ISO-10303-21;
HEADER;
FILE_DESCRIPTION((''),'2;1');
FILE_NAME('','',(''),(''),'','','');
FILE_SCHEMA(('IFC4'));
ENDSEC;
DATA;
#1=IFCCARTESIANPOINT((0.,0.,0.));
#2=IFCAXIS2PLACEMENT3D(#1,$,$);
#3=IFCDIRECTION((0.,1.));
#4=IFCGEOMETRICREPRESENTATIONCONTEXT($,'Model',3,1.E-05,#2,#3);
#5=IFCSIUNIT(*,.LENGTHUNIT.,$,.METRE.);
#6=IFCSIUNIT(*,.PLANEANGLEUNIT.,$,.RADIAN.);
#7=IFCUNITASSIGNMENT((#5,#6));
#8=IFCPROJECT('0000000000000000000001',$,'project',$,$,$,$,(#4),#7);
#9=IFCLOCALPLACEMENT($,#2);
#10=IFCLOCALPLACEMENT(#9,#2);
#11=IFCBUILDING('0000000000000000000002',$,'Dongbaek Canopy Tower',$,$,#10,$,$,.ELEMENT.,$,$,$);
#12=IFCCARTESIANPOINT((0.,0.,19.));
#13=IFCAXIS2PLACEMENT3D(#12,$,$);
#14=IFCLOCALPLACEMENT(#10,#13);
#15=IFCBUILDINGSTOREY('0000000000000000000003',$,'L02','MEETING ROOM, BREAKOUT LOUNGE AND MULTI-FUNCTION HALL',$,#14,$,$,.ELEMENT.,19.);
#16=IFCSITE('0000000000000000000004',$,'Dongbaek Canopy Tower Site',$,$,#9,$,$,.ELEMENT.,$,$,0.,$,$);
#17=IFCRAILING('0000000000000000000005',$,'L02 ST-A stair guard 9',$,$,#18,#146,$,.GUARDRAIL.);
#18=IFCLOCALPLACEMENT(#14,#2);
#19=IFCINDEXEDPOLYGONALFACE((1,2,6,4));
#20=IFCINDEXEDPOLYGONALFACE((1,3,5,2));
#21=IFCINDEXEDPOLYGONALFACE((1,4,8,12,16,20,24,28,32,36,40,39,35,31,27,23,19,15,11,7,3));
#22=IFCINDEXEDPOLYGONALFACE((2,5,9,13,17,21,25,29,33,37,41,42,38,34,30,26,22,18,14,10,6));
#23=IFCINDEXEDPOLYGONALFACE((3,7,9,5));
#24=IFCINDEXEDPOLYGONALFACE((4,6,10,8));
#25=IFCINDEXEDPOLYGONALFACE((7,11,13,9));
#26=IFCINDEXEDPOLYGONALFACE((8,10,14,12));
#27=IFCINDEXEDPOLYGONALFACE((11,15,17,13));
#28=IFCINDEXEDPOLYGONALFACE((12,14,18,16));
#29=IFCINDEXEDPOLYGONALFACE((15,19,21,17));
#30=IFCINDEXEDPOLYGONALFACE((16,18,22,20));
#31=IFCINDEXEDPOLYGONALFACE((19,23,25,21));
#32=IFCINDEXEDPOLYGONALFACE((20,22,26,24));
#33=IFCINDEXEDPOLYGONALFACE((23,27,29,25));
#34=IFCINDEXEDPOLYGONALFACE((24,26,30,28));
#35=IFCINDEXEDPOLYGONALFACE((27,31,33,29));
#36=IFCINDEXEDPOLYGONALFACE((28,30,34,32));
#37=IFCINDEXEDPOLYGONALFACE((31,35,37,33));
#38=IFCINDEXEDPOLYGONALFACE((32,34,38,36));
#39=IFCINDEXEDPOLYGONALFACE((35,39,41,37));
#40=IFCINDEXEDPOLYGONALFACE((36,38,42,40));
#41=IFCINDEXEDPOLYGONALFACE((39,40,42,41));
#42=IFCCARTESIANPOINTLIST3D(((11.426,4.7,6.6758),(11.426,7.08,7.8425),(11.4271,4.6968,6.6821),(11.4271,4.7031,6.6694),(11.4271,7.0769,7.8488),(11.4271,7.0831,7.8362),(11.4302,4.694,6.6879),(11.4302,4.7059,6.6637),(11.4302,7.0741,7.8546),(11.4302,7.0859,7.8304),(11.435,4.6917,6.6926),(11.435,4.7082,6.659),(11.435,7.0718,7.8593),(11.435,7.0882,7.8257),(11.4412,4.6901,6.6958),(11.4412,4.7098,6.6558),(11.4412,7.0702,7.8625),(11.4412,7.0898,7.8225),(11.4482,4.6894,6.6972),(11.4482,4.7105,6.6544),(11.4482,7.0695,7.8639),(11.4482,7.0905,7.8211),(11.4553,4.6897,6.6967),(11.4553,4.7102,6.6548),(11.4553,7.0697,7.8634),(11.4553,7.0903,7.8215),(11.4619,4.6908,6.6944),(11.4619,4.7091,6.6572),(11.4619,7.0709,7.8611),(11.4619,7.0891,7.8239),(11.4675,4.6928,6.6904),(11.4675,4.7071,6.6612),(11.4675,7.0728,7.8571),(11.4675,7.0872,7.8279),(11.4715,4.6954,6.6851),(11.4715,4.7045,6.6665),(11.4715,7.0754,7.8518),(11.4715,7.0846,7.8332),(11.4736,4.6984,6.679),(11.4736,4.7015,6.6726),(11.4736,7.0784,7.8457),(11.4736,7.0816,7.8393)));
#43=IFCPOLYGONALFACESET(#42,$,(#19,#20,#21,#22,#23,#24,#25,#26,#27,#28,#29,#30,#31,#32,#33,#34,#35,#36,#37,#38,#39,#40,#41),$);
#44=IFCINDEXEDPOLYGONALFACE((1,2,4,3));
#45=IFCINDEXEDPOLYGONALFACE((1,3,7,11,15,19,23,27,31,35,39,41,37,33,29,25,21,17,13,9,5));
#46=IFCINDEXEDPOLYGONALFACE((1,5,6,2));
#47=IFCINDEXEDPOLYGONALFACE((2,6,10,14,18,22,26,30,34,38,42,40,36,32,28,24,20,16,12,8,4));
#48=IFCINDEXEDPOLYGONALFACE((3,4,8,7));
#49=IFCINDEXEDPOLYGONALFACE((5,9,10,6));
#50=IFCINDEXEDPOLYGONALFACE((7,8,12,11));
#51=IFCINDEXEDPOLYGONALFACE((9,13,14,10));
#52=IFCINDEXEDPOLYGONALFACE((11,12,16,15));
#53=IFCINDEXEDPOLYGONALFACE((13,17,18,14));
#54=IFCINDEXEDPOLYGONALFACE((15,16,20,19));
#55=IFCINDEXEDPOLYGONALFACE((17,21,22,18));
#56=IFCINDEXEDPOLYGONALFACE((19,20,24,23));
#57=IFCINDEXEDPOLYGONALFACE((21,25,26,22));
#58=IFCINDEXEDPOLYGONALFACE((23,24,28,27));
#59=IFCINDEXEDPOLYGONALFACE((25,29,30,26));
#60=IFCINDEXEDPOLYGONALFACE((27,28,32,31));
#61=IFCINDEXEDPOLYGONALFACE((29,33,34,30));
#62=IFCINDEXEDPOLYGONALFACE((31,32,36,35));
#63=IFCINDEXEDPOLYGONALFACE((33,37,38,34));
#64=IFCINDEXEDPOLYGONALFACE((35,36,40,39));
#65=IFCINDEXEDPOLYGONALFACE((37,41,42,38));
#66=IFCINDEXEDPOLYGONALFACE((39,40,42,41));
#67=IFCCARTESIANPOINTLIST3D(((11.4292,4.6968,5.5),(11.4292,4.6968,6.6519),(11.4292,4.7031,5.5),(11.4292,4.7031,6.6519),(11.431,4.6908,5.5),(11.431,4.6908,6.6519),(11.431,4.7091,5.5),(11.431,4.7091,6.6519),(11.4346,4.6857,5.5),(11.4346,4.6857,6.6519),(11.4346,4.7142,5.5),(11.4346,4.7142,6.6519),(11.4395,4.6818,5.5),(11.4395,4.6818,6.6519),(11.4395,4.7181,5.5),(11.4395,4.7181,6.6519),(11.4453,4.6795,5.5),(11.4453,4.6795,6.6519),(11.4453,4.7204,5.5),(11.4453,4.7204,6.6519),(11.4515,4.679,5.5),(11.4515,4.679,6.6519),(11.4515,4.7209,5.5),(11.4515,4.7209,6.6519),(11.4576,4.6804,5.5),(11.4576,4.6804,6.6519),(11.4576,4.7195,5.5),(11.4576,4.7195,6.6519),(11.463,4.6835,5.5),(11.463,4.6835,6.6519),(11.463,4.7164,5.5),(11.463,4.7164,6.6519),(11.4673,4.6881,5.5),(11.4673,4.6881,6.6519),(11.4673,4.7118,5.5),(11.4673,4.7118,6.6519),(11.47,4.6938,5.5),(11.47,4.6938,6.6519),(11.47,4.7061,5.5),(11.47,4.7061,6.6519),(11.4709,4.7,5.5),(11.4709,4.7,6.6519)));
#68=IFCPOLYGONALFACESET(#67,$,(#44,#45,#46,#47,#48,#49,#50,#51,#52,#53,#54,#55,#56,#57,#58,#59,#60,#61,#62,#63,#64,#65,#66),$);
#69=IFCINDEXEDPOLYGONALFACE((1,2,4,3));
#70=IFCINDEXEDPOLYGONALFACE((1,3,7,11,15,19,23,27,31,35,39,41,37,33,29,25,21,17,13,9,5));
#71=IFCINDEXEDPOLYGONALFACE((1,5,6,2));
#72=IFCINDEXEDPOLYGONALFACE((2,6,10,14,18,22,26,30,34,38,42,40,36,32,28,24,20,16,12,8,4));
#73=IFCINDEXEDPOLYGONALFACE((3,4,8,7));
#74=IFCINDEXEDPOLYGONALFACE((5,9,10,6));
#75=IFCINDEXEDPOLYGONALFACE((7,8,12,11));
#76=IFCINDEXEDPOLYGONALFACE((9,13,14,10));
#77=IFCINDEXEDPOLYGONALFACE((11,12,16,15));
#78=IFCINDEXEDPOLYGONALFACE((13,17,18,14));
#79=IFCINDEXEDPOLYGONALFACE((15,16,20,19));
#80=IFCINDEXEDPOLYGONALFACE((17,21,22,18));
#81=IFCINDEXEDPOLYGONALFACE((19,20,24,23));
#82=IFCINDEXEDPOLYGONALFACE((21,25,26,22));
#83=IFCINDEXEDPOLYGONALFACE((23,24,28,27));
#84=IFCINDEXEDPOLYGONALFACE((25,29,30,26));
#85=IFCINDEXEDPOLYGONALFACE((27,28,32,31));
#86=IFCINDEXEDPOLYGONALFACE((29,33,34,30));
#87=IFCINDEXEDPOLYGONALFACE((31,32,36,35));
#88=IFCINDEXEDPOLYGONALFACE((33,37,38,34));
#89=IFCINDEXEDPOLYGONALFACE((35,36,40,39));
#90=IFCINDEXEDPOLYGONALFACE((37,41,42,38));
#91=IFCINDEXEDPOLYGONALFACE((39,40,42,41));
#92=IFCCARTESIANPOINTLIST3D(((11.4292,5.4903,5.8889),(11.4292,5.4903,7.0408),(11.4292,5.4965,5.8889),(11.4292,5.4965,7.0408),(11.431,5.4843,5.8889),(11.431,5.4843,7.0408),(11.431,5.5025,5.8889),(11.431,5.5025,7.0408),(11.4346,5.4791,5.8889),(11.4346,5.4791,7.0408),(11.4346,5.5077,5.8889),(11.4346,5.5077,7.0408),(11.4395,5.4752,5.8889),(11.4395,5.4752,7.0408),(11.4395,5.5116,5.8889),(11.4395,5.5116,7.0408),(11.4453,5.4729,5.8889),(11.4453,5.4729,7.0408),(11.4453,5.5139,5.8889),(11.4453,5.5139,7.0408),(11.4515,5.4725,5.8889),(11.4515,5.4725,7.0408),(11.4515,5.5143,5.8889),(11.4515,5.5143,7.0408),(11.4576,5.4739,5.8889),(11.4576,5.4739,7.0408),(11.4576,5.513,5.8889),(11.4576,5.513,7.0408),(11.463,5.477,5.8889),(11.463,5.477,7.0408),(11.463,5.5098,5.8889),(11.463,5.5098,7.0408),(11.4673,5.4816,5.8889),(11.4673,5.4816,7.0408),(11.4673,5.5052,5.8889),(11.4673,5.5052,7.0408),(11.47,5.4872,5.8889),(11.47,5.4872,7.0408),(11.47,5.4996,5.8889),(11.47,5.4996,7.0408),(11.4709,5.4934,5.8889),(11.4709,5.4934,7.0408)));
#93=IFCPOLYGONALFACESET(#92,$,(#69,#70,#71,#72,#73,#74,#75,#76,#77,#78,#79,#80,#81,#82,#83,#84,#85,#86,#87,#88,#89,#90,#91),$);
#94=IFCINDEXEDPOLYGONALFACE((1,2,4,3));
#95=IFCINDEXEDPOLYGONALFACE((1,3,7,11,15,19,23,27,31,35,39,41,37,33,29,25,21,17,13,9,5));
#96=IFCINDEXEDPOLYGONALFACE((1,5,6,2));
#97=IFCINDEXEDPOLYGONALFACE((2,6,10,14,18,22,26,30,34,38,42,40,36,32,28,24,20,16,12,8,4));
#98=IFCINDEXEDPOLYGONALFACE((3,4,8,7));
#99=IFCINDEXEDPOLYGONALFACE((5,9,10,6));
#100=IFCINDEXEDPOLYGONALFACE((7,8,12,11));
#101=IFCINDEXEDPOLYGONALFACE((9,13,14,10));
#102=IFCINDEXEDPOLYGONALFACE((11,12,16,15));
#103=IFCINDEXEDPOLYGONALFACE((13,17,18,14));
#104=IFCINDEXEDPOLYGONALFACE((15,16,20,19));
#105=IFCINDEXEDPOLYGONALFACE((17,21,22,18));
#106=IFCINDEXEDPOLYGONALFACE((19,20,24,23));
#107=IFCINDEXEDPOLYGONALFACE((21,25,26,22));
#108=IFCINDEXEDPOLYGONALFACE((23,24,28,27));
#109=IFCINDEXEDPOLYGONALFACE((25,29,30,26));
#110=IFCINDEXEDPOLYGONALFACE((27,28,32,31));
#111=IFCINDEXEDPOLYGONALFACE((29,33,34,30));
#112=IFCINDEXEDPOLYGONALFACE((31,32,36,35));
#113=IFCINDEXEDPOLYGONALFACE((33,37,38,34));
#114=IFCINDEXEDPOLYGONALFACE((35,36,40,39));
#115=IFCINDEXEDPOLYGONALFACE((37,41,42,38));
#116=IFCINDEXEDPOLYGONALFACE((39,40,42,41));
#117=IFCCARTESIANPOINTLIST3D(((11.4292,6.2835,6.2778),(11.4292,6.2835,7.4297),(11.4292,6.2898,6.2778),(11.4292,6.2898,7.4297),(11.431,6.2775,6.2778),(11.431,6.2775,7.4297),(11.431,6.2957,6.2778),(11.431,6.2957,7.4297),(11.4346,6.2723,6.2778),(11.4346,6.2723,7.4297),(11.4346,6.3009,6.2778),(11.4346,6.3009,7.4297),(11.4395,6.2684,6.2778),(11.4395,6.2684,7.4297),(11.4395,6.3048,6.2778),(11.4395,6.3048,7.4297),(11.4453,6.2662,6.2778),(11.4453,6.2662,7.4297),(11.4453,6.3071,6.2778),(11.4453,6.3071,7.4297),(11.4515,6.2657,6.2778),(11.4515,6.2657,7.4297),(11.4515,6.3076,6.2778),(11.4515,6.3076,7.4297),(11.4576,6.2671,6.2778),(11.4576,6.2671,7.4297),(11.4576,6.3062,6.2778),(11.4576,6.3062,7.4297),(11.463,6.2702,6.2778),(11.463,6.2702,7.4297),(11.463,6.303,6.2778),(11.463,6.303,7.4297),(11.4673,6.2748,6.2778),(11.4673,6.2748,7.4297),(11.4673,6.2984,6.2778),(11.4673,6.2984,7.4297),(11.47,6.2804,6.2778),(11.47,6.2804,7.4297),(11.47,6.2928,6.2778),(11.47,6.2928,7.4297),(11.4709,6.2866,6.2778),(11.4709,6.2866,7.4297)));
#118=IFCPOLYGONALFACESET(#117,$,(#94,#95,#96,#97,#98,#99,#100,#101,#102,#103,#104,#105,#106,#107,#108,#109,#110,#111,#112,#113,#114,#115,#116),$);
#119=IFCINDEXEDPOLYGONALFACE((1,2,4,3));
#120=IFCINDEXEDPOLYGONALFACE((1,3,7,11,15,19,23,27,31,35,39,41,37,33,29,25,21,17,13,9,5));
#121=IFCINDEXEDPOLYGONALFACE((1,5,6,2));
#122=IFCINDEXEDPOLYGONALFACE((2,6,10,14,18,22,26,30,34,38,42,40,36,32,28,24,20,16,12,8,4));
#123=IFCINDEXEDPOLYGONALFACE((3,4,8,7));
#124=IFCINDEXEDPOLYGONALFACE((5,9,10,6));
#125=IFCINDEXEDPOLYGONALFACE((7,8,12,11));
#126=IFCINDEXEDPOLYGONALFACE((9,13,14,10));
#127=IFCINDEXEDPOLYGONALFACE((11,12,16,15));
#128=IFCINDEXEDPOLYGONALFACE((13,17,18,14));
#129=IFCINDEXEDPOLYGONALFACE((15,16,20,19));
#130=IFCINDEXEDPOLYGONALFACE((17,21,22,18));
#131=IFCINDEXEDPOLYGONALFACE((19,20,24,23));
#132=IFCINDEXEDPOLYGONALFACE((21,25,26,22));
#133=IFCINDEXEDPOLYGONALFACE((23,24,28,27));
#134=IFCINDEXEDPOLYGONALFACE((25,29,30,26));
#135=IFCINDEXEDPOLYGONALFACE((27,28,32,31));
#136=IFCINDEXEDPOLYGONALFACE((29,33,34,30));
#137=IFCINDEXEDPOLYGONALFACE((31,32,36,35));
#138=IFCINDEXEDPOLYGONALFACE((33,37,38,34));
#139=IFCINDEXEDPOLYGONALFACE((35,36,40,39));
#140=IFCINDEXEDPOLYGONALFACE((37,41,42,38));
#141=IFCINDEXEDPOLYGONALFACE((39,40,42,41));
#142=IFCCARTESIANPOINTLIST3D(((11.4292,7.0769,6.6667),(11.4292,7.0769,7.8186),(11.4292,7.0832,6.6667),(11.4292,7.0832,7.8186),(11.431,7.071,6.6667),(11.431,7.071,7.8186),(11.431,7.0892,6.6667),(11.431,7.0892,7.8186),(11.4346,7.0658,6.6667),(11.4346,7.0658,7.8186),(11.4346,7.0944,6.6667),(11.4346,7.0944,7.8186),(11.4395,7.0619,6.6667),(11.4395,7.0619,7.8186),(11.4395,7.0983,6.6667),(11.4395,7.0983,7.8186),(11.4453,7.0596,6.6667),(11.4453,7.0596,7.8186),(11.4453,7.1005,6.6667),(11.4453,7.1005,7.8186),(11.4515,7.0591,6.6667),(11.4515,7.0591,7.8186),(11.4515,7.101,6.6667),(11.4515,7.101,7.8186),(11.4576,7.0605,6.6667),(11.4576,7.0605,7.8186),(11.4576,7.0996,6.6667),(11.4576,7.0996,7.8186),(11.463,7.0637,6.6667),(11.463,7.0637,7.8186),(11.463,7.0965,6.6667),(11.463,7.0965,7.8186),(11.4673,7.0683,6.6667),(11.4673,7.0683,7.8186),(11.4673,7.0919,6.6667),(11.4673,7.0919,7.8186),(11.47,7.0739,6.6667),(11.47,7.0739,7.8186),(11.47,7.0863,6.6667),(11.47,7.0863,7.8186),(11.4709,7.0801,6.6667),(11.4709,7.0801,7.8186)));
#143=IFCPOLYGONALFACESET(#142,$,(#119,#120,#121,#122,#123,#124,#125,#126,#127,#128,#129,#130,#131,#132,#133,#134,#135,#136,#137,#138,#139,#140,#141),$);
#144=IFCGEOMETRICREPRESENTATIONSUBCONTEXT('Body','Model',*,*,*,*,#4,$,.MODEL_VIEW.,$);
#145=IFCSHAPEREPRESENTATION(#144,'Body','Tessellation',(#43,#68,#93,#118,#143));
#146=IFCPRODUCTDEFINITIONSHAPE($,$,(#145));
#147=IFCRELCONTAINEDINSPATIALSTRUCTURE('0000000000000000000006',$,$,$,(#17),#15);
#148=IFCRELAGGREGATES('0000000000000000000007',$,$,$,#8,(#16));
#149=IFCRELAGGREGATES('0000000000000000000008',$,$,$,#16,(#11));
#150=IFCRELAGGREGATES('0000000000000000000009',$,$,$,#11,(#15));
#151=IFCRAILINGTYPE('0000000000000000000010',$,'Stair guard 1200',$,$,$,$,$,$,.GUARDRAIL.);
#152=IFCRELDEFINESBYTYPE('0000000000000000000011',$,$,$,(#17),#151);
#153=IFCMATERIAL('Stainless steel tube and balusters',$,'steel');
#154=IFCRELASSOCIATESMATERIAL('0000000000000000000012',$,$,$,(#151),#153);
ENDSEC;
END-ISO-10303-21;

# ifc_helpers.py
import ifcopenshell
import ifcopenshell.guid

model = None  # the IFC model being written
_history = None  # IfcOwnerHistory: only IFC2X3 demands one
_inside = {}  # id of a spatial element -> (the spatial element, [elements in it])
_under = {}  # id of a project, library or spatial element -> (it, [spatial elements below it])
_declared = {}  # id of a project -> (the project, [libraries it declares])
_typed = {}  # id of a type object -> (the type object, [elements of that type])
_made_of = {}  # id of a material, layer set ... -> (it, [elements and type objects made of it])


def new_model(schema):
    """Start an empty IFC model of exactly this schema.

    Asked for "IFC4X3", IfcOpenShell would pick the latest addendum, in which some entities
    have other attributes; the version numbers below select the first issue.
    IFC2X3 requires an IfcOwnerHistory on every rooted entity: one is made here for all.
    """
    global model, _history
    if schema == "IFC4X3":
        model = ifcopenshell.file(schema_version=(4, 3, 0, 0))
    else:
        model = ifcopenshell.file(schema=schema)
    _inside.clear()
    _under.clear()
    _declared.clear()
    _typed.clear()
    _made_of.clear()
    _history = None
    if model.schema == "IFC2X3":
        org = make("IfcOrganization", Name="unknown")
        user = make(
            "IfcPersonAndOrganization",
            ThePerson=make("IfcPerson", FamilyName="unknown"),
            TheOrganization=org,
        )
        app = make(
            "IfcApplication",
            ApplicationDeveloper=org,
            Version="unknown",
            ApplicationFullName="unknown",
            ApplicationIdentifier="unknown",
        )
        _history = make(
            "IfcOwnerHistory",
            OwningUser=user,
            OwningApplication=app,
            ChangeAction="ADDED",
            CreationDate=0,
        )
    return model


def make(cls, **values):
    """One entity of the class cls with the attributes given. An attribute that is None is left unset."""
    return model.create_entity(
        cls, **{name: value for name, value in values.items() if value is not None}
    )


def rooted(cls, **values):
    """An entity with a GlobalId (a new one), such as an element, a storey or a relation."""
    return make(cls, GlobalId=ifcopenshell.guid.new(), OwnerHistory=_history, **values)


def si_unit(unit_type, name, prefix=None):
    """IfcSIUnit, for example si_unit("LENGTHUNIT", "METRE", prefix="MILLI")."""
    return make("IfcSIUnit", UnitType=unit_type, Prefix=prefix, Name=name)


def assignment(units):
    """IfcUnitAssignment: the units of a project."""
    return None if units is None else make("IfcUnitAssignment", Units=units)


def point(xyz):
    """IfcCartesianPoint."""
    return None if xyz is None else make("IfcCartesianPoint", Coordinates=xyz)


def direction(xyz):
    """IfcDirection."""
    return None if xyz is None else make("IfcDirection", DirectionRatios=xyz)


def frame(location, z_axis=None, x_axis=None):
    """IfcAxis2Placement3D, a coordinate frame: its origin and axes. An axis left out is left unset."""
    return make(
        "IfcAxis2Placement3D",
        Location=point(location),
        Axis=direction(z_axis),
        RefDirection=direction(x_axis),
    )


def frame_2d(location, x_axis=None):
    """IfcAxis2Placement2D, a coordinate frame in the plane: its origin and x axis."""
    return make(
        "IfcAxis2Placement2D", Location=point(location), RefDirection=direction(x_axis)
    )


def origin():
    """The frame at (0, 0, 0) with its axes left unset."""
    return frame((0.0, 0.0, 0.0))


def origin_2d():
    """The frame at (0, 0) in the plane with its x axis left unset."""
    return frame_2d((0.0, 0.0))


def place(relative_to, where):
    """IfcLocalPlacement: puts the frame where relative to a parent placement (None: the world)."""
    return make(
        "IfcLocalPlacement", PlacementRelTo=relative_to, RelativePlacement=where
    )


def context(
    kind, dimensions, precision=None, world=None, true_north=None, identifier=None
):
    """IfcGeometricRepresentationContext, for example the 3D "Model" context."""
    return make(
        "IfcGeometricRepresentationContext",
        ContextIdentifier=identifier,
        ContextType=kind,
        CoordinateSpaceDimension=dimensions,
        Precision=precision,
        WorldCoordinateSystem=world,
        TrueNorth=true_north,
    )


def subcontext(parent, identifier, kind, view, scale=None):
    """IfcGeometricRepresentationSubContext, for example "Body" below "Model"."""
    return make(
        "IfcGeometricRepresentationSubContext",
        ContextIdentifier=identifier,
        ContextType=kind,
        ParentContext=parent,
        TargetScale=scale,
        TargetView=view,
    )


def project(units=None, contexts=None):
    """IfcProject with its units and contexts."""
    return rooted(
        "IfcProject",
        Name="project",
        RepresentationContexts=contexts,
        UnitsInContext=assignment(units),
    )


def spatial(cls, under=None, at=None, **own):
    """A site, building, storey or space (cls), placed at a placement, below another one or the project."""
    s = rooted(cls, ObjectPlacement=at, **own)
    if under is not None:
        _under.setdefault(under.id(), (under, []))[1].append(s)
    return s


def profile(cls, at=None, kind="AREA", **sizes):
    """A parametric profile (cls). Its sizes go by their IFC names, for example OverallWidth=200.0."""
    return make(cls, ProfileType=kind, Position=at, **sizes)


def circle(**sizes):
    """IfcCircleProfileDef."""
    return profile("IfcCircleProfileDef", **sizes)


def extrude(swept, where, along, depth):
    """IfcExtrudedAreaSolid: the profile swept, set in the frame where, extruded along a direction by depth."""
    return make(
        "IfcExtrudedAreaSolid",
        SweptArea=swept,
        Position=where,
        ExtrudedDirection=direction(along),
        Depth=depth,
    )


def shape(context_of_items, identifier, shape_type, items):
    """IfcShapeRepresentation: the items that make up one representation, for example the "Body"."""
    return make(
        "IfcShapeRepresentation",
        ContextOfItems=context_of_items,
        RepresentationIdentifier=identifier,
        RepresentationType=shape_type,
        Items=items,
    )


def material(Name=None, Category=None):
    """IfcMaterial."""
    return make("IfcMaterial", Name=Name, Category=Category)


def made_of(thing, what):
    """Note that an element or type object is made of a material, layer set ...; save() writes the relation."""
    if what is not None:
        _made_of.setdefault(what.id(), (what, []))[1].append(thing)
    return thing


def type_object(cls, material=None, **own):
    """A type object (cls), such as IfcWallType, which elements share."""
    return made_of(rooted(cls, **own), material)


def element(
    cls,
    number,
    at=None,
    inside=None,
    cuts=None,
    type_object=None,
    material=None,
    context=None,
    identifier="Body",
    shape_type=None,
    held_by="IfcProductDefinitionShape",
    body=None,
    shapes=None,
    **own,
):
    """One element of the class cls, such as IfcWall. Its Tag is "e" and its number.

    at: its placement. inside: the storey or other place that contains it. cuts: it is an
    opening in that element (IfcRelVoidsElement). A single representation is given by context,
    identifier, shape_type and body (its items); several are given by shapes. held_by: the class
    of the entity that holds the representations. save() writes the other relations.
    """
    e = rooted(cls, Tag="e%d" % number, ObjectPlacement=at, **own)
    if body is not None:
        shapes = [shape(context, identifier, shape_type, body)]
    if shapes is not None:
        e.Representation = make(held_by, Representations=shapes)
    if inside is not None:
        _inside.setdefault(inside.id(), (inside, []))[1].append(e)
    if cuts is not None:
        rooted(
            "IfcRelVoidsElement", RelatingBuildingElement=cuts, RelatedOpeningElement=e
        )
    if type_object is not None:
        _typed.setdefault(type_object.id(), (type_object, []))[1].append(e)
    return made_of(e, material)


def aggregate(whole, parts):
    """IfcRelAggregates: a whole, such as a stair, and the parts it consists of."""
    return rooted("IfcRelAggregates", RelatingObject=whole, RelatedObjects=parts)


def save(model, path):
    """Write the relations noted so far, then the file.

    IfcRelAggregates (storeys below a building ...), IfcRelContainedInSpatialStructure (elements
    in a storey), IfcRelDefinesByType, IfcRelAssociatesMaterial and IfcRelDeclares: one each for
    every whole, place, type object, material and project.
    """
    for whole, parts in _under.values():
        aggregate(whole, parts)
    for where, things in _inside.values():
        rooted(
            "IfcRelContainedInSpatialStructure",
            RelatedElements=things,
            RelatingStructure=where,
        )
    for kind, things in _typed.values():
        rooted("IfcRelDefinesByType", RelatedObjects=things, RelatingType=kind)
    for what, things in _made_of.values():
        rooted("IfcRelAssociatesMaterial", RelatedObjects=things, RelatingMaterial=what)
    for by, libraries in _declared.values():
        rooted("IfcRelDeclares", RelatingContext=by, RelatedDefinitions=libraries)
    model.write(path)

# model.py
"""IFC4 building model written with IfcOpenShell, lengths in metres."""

from ifc_helpers import new_model, si_unit, direction, frame, origin, origin_2d, place, context, subcontext, project, spatial, circle, extrude, material, type_object, element, save


model = new_model("IFC4")

# Units and contexts
model_context = context("Model", 3, precision=1e-05, world=origin(), true_north=direction((0.0, 1.0)))
body_context = subcontext(model_context, "Body", "Model", "MODEL_VIEW")
ifc_project = project(units=[si_unit("LENGTHUNIT", "METRE"), si_unit("PLANEANGLEUNIT", "RADIAN")], contexts=[model_context])

# Site, building, storey
site_placement = place(None, origin())
site = spatial("IfcSite", under=ifc_project, at=site_placement, Name="Dongbaek Canopy Tower Site", CompositionType="ELEMENT", RefElevation=0.0)
building_placement = place(site_placement, origin())
building = spatial("IfcBuilding", under=site, at=building_placement, Name="Dongbaek Canopy Tower", CompositionType="ELEMENT")
storey_placement = place(building_placement, frame((0.0, 0.0, 19.0)))
storey = spatial("IfcBuildingStorey", under=building, at=storey_placement, Name="L02", Description="MEETING ROOM, BREAKOUT LOUNGE AND MULTI-FUNCTION HALL", CompositionType="ELEMENT", Elevation=19.0)

# Railing
ifc_material_1 = material(Name="Stainless steel tube and balusters", Category="steel")
railing_type_1 = type_object("IfcRailingType", Name="Stair guard 1200", PredefinedType="GUARDRAIL", material=ifc_material_1)
railing_1_placement = place(storey_placement, frame((11.45, 4.7, 5.5)))
element("IfcRailing", 1, at=railing_1_placement, inside=storey, type_object=railing_type_1, Name="L02 ST-A stair guard 9", PredefinedType="GUARDRAIL", context=body_context, shape_type="SweptSolid", body=[
    extrude(circle(Radius=0.0239, at=origin_2d()), frame((0.0, 0.0, 1.1758), z_axis=(0.0, 0.897918, 0.440163), x_axis=(-1.0, 0.0, 0.0)), (0.0, 0.0, 1.0), 2.6506),
    extrude(circle(Radius=0.021, at=origin_2d()), origin(), (0.0, 0.0, 1.0), 1.1519),
    extrude(circle(Radius=0.021, at=origin_2d()), frame((0.0, 0.7935, 0.3889)), (0.0, 0.0, 1.0), 1.1519),
    extrude(circle(Radius=0.021, at=origin_2d()), frame((0.0, 1.5867, 0.7778)), (0.0, 0.0, 1.0), 1.1519),
    extrude(circle(Radius=0.021, at=origin_2d()), frame((0.0, 2.3801, 1.1667)), (0.0, 0.0, 1.0), 1.1519),
])

save(model, "model.ifc")
